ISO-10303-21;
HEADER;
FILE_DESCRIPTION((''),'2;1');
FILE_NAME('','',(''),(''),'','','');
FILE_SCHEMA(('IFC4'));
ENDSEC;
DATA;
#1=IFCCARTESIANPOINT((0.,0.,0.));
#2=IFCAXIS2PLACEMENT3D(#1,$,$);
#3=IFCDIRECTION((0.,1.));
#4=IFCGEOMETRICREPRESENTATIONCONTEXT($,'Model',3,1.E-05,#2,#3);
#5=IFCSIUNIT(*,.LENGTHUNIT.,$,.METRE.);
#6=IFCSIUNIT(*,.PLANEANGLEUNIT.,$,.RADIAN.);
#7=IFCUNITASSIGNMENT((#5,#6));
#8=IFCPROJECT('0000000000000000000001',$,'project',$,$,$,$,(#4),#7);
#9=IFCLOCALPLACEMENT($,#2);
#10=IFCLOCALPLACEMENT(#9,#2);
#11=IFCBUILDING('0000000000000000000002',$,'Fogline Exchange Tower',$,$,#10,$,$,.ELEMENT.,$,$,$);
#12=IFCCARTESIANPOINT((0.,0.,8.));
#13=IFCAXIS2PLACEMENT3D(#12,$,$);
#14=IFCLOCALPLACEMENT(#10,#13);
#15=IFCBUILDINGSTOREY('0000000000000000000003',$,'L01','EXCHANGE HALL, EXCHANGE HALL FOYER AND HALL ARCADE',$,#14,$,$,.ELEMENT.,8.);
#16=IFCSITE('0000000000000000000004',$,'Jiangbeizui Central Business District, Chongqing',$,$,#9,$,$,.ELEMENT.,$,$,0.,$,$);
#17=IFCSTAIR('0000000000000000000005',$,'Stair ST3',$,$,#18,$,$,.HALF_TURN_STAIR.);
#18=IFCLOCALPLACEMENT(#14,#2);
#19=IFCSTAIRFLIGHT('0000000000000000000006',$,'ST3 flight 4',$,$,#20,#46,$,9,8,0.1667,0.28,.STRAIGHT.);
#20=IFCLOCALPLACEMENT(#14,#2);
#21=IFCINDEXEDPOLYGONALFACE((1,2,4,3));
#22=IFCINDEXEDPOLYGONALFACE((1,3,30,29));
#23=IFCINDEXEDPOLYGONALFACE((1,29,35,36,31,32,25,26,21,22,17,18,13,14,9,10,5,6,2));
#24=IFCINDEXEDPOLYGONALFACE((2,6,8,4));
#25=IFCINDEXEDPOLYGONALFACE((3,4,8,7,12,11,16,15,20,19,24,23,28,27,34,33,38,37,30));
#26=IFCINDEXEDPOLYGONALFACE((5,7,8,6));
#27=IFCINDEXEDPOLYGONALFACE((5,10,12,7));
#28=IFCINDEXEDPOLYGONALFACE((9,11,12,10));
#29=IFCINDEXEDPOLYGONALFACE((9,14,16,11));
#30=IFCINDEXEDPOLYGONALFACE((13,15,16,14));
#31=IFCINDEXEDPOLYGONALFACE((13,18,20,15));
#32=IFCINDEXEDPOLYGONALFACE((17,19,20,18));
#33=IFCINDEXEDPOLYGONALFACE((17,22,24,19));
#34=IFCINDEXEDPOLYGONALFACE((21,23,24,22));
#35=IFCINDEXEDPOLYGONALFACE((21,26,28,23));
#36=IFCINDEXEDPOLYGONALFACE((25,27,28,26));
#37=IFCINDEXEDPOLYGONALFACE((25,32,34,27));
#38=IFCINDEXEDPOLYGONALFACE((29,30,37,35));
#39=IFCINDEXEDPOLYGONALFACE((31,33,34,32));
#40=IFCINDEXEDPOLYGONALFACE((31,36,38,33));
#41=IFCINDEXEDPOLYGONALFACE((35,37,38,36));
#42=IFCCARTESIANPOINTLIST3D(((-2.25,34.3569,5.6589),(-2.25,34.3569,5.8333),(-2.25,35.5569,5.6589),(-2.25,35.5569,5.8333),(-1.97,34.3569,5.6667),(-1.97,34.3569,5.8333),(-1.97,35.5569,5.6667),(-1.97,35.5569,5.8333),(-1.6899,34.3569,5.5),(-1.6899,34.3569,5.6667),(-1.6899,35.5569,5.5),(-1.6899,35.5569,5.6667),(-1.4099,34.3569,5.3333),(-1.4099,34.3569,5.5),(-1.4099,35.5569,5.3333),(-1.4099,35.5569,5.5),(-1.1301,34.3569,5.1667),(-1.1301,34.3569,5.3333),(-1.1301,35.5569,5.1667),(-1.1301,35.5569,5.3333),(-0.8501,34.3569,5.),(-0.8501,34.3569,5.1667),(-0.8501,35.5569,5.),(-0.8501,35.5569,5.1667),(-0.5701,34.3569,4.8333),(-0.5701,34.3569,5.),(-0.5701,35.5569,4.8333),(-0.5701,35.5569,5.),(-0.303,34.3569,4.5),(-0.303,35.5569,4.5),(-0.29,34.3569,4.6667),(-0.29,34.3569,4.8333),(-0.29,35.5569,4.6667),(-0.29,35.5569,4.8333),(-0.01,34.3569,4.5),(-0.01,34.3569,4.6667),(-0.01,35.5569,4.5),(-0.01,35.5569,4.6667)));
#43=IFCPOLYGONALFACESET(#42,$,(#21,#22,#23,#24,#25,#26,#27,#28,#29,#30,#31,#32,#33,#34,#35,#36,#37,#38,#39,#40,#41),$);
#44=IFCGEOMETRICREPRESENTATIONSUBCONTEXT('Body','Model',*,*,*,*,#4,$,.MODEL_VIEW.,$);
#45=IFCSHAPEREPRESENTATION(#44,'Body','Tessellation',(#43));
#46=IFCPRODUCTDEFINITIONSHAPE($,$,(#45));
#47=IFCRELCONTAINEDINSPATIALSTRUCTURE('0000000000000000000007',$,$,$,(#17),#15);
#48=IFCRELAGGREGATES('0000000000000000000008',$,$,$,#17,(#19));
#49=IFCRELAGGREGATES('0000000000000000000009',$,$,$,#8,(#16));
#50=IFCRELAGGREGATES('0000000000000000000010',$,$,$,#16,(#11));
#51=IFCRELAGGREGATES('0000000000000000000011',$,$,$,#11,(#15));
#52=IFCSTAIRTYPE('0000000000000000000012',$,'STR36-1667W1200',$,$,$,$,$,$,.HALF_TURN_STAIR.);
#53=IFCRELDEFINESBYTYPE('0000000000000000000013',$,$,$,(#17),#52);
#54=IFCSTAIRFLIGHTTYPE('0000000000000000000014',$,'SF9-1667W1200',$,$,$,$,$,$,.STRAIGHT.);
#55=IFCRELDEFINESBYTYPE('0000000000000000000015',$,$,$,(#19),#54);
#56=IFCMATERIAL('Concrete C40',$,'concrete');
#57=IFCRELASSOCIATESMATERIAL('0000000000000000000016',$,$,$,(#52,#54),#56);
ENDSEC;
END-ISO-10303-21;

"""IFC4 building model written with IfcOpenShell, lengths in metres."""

from ifc_helpers import new_model, si_unit, direction, frame, origin, place, context, subcontext, project, spatial, polyline, outline, extrude, material, type_object, element, aggregate, save


model = new_model("IFC4")

# Units and contexts
model_context = context("Model", 3, precision=1e-05, world=origin(), true_north=direction((0.0, 1.0)))
body_context = subcontext(model_context, "Body", "Model", "MODEL_VIEW")
ifc_project = project(units=[si_unit("LENGTHUNIT", "METRE"), si_unit("PLANEANGLEUNIT", "RADIAN")], contexts=[model_context])

# Site, building, storey
site_placement = place(None, origin())
site = spatial("IfcSite", under=ifc_project, at=site_placement, Name="Jiangbeizui Central Business District, Chongqing", CompositionType="ELEMENT", RefElevation=0.0)
building_placement = place(site_placement, origin())
building = spatial("IfcBuilding", under=site, at=building_placement, Name="Fogline Exchange Tower", CompositionType="ELEMENT")
storey_placement = place(building_placement, frame((0.0, 0.0, 8.0)))
storey = spatial("IfcBuildingStorey", under=building, at=storey_placement, Name="L01", Description="EXCHANGE HALL, EXCHANGE HALL FOYER AND HALL ARCADE", CompositionType="ELEMENT", Elevation=8.0)

# Shared definitions
ifc_material_1 = material(Name="Concrete C40", Category="concrete")

# Stair, stair flight
stair_type = type_object("IfcStairType", Name="STR36-1667W1200", PredefinedType="HALF_TURN_STAIR", material=ifc_material_1)
stair_placement = place(storey_placement, origin())
stair = element("IfcStair", 1, at=stair_placement, inside=storey, type_object=stair_type, Name="Stair ST3", PredefinedType="HALF_TURN_STAIR")
stair_flight_type = type_object("IfcStairFlightType", Name="SF9-1667W1200", PredefinedType="STRAIGHT", material=ifc_material_1)
stair_flight_1_placement = place(storey_placement, frame((-0.01, 34.957, 4.5), z_axis=(0.0, 0.0, 1.0), x_axis=(-1.0, 0.0, 0.0)))
stair_flight_1 = element("IfcStairFlight", 2, at=stair_flight_1_placement, type_object=stair_flight_type, Name="ST3 flight 4", NumberOfRisers=9, NumberOfTreads=8, PredefinedType="STRAIGHT", RiserHeight=0.1667, TreadLength=0.28, context=body_context, shape_type="SweptSolid", body=[
    extrude(outline(polyline([(0.0, 0.0), (0.0, 0.1667), (0.28, 0.1667), (0.28, 0.3333), (0.5601, 0.3333), (0.5601, 0.5), (0.8401, 0.5), (0.8401, 0.6667), (1.1201, 0.6667), (1.1201, 0.8333), (1.3999, 0.8333), (1.3999, 1.0), (1.6799, 1.0), (1.6799, 1.1667), (1.96, 1.1667), (1.96, 1.3333), (2.24, 1.3333), (2.24, 1.5), (2.24, 1.1589), (0.293, 0.0), (0.0, 0.0)])), frame((0.0, 0.6001, 0.0), z_axis=(0.0, -1.0, 0.0), x_axis=(1.0, 0.0, 0.0)), (0.0, 0.0, 1.0), 1.2),
])
aggregate(stair, [stair_flight_1])

save(model, "model.ifc")
